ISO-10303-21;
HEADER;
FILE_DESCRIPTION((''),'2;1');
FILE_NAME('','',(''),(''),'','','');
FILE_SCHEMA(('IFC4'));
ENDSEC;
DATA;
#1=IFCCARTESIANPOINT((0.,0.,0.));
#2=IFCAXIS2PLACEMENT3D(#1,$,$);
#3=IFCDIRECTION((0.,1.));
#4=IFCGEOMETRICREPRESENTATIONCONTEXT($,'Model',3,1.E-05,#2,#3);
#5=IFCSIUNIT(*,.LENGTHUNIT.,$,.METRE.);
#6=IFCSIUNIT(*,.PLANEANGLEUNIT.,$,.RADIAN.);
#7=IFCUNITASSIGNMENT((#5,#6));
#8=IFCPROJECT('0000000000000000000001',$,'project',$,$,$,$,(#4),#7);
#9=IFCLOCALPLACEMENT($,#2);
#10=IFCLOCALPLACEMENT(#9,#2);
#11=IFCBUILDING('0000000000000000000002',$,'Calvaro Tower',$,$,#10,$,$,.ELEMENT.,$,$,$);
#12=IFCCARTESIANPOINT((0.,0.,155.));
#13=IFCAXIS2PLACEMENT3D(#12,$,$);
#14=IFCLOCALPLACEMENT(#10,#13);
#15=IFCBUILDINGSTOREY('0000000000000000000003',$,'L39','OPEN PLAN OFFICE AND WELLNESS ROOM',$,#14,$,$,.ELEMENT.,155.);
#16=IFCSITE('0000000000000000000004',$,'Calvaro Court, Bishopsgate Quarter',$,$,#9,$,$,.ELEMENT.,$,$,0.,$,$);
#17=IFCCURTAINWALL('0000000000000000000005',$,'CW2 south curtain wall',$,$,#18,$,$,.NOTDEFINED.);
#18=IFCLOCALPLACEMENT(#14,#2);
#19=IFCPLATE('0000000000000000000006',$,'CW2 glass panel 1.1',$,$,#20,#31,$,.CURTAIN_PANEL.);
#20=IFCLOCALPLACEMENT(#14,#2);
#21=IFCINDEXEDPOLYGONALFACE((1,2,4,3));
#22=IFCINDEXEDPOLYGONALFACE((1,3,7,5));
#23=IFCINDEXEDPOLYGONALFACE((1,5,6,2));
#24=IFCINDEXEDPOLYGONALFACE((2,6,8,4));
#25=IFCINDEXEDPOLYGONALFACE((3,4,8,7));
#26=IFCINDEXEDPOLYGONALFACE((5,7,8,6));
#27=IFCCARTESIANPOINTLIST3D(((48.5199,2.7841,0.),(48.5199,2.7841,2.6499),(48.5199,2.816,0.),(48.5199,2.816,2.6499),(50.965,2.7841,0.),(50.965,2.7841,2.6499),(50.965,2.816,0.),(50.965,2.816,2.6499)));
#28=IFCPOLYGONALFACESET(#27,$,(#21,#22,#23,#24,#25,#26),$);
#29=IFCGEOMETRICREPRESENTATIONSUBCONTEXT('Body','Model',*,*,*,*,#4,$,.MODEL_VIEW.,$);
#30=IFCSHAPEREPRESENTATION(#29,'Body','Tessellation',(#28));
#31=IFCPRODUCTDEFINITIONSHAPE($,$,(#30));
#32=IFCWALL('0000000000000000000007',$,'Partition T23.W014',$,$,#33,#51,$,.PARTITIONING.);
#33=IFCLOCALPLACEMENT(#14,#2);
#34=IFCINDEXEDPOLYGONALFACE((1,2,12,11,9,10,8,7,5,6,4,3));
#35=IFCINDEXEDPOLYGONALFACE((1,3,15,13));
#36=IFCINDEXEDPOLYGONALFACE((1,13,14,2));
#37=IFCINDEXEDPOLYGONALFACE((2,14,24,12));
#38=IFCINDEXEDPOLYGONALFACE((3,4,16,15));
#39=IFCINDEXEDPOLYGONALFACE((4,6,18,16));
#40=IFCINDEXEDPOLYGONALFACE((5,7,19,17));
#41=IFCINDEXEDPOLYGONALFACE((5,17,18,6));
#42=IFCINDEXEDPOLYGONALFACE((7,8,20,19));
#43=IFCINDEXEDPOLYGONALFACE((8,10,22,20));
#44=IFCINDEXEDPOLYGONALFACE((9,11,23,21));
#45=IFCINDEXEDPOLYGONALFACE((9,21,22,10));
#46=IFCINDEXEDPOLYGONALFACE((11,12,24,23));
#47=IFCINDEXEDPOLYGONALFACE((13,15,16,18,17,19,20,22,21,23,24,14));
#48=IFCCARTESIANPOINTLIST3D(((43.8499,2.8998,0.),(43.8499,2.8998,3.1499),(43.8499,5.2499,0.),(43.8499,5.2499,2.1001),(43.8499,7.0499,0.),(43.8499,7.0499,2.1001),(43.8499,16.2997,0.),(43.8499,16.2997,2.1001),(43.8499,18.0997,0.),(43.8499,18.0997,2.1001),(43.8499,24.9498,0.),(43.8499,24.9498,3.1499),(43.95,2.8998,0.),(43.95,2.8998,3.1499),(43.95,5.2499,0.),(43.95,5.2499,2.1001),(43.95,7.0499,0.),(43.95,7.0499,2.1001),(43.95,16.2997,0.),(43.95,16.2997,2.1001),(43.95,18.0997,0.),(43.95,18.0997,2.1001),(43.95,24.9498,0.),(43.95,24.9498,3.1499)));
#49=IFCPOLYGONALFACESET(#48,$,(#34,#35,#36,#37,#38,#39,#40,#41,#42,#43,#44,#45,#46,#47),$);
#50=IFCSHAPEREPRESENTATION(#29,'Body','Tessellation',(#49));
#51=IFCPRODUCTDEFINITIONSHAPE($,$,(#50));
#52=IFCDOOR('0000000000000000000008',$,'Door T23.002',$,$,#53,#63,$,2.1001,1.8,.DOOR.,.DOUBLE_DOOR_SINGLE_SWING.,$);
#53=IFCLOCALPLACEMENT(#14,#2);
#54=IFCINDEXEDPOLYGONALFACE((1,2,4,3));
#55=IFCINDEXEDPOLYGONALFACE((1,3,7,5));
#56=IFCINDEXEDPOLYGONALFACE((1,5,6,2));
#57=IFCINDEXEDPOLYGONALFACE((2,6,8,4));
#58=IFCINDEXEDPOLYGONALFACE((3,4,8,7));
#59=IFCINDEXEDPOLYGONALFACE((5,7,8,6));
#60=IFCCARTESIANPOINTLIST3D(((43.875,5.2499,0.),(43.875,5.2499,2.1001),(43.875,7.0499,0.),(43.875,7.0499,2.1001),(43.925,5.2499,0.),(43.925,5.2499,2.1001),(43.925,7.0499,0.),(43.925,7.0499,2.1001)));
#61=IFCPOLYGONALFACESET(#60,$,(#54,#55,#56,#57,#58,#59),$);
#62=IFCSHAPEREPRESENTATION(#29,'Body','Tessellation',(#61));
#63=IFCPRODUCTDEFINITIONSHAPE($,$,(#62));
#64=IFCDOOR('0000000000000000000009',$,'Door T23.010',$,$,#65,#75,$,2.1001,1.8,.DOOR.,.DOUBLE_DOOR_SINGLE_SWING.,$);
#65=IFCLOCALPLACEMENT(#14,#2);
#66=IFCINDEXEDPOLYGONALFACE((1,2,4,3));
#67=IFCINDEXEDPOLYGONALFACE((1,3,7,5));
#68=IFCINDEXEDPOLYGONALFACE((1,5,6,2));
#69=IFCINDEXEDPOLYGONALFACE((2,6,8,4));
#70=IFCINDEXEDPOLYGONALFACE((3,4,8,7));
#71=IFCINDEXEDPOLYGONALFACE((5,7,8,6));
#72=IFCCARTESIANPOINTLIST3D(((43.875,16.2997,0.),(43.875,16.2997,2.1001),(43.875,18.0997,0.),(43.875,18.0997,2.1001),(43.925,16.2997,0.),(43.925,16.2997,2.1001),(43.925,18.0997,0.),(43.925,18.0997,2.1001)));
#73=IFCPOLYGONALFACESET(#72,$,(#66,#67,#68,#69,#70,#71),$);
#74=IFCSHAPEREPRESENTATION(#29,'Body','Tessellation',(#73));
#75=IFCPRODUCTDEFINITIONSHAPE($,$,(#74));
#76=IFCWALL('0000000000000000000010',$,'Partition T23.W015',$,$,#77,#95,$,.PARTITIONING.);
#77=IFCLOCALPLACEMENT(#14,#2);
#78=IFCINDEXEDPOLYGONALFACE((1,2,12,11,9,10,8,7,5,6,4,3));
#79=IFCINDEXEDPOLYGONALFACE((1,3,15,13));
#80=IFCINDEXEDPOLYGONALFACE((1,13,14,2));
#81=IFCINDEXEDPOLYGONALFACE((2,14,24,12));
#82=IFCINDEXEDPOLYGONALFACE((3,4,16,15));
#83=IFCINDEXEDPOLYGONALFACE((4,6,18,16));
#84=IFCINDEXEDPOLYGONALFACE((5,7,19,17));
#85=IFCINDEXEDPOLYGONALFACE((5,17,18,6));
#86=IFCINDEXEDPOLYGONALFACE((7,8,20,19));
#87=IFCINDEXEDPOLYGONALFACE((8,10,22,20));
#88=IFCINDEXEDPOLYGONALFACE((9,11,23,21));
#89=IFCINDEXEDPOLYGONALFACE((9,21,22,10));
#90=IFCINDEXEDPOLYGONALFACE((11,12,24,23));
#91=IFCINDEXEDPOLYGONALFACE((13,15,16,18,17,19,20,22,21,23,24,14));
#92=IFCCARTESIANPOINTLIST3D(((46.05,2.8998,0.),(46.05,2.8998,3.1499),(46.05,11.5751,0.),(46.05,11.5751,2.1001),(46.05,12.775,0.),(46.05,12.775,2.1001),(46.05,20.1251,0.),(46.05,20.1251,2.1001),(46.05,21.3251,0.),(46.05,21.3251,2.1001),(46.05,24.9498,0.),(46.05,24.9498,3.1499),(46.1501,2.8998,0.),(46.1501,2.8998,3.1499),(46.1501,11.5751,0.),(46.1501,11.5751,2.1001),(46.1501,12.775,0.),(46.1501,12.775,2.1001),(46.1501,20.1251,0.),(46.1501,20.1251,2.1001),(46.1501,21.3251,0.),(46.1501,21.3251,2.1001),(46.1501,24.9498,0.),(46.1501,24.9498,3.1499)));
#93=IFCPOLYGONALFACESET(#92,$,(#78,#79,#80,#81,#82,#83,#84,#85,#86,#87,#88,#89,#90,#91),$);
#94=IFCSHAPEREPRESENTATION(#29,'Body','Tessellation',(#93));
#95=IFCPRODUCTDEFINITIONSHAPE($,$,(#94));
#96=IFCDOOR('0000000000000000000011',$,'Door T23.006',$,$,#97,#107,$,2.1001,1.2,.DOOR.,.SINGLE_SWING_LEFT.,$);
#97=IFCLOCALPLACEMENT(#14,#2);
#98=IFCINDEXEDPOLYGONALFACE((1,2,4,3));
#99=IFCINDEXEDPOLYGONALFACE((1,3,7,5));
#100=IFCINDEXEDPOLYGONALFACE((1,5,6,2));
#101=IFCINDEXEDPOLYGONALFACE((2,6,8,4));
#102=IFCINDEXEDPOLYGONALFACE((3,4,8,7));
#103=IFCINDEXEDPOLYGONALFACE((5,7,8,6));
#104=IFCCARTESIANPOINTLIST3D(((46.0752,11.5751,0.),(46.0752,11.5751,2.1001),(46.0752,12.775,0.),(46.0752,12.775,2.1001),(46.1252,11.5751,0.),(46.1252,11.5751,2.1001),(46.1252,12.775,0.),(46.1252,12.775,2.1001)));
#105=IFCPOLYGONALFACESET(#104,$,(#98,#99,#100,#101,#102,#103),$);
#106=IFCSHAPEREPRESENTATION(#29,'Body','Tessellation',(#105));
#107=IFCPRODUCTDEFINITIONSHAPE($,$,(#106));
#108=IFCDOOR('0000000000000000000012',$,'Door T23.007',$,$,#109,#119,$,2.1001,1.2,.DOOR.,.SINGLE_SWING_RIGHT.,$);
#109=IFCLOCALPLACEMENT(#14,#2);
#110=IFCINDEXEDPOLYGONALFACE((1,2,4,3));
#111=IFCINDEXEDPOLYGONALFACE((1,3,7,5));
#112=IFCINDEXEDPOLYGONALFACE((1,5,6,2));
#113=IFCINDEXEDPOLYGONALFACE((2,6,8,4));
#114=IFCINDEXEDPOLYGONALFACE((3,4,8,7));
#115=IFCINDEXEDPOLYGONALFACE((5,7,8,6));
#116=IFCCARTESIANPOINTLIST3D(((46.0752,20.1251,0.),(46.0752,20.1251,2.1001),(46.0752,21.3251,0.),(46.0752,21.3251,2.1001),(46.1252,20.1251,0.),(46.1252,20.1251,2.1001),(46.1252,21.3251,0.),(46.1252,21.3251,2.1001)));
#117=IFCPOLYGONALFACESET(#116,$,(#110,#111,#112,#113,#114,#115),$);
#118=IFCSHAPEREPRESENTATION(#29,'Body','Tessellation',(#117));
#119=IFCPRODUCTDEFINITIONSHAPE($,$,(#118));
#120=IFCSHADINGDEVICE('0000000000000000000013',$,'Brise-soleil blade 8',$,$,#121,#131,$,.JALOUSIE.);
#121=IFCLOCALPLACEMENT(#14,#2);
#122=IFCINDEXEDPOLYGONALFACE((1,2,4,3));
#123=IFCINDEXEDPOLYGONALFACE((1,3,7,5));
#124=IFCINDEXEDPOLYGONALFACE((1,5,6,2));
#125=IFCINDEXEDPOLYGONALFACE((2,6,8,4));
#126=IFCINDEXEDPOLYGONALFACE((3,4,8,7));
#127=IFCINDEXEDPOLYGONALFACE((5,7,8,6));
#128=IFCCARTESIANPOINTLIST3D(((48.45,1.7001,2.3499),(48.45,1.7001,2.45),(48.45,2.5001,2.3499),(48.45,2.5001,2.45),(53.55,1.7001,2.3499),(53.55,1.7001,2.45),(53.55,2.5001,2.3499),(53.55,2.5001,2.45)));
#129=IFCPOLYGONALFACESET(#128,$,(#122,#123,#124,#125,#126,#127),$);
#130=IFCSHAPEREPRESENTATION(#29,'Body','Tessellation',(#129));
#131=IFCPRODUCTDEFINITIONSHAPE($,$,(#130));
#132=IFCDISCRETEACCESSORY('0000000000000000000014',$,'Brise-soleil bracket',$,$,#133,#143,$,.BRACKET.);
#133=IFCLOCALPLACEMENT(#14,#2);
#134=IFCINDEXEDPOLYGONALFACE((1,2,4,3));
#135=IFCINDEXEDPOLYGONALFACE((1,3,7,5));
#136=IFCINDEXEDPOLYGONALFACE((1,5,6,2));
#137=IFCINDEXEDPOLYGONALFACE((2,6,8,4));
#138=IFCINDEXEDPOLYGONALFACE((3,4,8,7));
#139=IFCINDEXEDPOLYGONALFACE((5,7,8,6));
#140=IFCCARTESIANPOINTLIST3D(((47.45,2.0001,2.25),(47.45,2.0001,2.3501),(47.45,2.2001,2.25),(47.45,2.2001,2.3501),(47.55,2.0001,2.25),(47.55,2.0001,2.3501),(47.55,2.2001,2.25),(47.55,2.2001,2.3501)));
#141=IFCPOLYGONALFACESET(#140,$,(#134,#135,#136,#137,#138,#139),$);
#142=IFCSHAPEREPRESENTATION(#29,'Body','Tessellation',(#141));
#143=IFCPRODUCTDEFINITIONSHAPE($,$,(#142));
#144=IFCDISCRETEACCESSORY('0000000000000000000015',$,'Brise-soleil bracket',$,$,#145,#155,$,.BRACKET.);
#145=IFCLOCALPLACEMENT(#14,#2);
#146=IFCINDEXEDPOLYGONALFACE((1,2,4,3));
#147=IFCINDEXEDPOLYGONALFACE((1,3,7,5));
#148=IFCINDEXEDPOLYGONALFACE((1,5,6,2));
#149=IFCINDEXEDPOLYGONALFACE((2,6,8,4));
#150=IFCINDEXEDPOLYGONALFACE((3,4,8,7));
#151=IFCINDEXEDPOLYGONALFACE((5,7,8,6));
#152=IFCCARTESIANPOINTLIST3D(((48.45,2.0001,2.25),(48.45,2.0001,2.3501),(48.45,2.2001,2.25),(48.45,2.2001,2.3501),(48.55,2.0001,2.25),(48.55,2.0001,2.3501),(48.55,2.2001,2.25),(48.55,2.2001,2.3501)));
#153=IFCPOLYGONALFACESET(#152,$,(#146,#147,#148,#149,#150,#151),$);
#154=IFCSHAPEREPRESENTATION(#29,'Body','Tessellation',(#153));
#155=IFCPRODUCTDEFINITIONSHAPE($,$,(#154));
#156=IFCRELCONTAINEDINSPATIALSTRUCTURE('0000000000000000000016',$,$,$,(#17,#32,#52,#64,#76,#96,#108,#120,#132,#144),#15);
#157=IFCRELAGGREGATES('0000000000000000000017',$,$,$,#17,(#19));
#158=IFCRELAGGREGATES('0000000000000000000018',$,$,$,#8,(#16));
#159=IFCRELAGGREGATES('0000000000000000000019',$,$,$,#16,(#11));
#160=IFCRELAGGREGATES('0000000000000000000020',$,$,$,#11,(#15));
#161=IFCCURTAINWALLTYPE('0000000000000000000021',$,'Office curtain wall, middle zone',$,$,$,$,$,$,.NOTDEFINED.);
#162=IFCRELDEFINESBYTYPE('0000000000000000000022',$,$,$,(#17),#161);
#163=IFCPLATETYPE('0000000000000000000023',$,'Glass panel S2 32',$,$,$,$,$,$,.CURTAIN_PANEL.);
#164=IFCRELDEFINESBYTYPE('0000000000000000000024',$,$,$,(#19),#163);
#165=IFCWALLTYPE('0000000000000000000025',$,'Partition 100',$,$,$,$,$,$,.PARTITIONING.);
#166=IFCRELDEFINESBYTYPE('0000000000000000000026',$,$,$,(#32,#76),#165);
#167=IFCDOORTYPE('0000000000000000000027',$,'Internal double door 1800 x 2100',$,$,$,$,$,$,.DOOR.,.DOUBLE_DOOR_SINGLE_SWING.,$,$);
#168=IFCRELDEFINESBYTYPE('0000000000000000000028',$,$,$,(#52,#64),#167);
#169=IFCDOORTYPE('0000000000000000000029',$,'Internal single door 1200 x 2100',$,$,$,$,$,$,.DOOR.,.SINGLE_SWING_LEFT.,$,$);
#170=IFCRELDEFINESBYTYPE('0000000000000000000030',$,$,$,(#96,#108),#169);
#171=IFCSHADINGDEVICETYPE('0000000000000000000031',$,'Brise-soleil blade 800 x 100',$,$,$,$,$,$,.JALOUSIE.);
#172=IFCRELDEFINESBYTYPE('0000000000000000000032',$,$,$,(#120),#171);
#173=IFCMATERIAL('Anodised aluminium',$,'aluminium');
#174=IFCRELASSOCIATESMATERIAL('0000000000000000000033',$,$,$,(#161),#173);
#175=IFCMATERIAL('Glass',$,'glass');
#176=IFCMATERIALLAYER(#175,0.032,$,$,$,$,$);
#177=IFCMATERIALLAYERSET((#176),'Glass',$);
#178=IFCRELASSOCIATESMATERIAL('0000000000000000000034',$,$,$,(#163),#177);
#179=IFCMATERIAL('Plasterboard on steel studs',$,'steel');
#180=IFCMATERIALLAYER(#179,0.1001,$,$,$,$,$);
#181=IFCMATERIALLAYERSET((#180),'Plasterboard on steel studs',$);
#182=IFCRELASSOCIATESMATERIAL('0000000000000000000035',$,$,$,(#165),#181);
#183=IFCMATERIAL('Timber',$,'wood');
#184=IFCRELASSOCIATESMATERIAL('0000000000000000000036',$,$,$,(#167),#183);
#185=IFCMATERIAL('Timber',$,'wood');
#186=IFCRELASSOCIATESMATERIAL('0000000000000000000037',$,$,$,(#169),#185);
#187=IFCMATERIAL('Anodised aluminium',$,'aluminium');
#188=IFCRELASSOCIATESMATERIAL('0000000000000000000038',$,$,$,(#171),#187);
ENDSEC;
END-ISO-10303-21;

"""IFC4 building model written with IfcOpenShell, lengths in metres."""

from ifc_helpers import new_model, si_unit, direction, frame, frame_2d, origin, origin_2d, place, context, subcontext, project, spatial, rectangle, extrude, material, layer, layer_set, material_profile, profile_set, type_object, element, fill, aggregate, save


model = new_model("IFC4")

# Units and contexts
model_context = context("Model", 3, precision=1e-05, world=origin(), true_north=direction((0.0, 1.0)))
body_context = subcontext(model_context, "Body", "Model", "MODEL_VIEW")
ifc_project = project(units=[si_unit("LENGTHUNIT", "METRE"), si_unit("PLANEANGLEUNIT", "RADIAN")], contexts=[model_context])

# Site, building, storey
site_placement = place(None, origin())
site = spatial("IfcSite", under=ifc_project, at=site_placement, Name="Calvaro Court, Bishopsgate Quarter", CompositionType="ELEMENT", RefElevation=0.0)
building_placement = place(site_placement, origin())
building = spatial("IfcBuilding", under=site, at=building_placement, Name="Calvaro Tower", CompositionType="ELEMENT")
storey_placement = place(building_placement, frame((0.0, 0.0, 155.0)))
storey = spatial("IfcBuildingStorey", under=building, at=storey_placement, Name="L39", Description="OPEN PLAN OFFICE AND WELLNESS ROOM", CompositionType="ELEMENT", Elevation=155.0)

# Curtain wall
ifc_material_1 = material(Name="Anodised aluminium", Category="aluminium")
curtain_wall_type = type_object("IfcCurtainWallType", Name="Office curtain wall, middle zone", PredefinedType="NOTDEFINED", material=ifc_material_1)
curtain_wall_1_placement = place(storey_placement, origin())
curtain_wall_1 = element("IfcCurtainWall", 1, at=curtain_wall_1_placement, inside=storey, type_object=curtain_wall_type, Name="CW2 south curtain wall", PredefinedType="NOTDEFINED")

# Plate
ifc_material_2 = material(Name="Glass", Category="glass")
ifc_layer_1 = layer(ifc_material_2, 0.032)
ifc_layer_set_1 = layer_set([ifc_layer_1], Name="Glass")
plate_type = type_object("IfcPlateType", Name="Glass panel S2 32", PredefinedType="CURTAIN_PANEL", material=ifc_layer_set_1)
plate_1_placement = place(storey_placement, frame((49.7424, 2.8, 0.0), z_axis=(0.0, 0.0, 1.0), x_axis=(1.0, 0.0, 0.0)))
plate_1 = element("IfcPlate", 2, at=plate_1_placement, type_object=plate_type, Name="CW2 glass panel 1.1", PredefinedType="CURTAIN_PANEL", context=body_context, shape_type="SweptSolid", body=[
    extrude(rectangle(XDim=2.4451, YDim=0.032, at=origin_2d()), origin(), (0.0, 0.0, 1.0), 2.6499),
])
aggregate(curtain_wall_1, [plate_1])

# Walls, openings, doors
ifc_material_3 = material(Name="Plasterboard on steel studs", Category="steel")
ifc_layer_2 = layer(ifc_material_3, 0.1001)
ifc_layer_set_2 = layer_set([ifc_layer_2], Name="Plasterboard on steel studs")
wall_type = type_object("IfcWallType", Name="Partition 100", PredefinedType="PARTITIONING", material=ifc_layer_set_2)
wall_1_placement = place(storey_placement, frame((43.8999, 2.8999, 0.0), z_axis=(0.0, 0.0, 1.0), x_axis=(0.0, 1.0, 0.0)))
wall_1 = element("IfcWall", 3, at=wall_1_placement, inside=storey, type_object=wall_type, Name="Partition T23.W014", PredefinedType="PARTITIONING", context=body_context, shape_type="SweptSolid", body=[
    extrude(rectangle(XDim=22.05, YDim=0.1001, at=frame_2d((11.0249, 0.0))), origin(), (0.0, 0.0, 1.0), 3.1499),
])
opening_1_placement = place(wall_1_placement, frame((2.3501, 0.0, 0.0)))
opening_1 = element("IfcOpeningElement", 4, at=opening_1_placement, cuts=wall_1, PredefinedType="OPENING", context=body_context, shape_type="SweptSolid", body=[
    extrude(rectangle(XDim=1.8, YDim=2.1001, at=frame_2d((0.8999, 1.05))), frame((0.0, 0.0601, 0.0), z_axis=(0.0, -1.0, 0.0), x_axis=(1.0, 0.0, 0.0)), (0.0, 0.0, 1.0), 0.1201),
])
opening_2_placement = place(wall_1_placement, frame((13.3999, 0.0, 0.0)))
opening_2 = element("IfcOpeningElement", 5, at=opening_2_placement, cuts=wall_1, PredefinedType="OPENING", context=body_context, shape_type="SweptSolid", body=[
    extrude(rectangle(XDim=1.8, YDim=2.1001, at=frame_2d((0.8999, 1.05))), frame((0.0, 0.0601, 0.0), z_axis=(0.0, -1.0, 0.0), x_axis=(1.0, 0.0, 0.0)), (0.0, 0.0, 1.0), 0.1201),
])
ifc_material_4 = material(Name="Timber", Category="wood")
door_type_1 = type_object("IfcDoorType", Name="Internal double door 1800 x 2100", OperationType="DOUBLE_DOOR_SINGLE_SWING", PredefinedType="DOOR", material=ifc_material_4)
door_1_placement = place(opening_1_placement, origin())
door_1 = element("IfcDoor", 6, at=door_1_placement, inside=storey, type_object=door_type_1, Name="Door T23.002", OperationType="DOUBLE_DOOR_SINGLE_SWING", OverallHeight=2.1001, OverallWidth=1.8, PredefinedType="DOOR", context=body_context, shape_type="SweptSolid", body=[
    extrude(rectangle(XDim=1.8, YDim=2.1001, at=frame_2d((0.8999, 1.05))), frame((0.0, 0.0249, 0.0), z_axis=(0.0, -1.0, 0.0), x_axis=(1.0, 0.0, 0.0)), (0.0, 0.0, 1.0), 0.05),
])
fill(opening_1, door_1)
door_2_placement = place(opening_2_placement, origin())
door_2 = element("IfcDoor", 7, at=door_2_placement, inside=storey, type_object=door_type_1, Name="Door T23.010", OperationType="DOUBLE_DOOR_SINGLE_SWING", OverallHeight=2.1001, OverallWidth=1.8, PredefinedType="DOOR", context=body_context, shape_type="SweptSolid", body=[
    extrude(rectangle(XDim=1.8, YDim=2.1001, at=frame_2d((0.8999, 1.05))), frame((0.0, 0.0249, 0.0), z_axis=(0.0, -1.0, 0.0), x_axis=(1.0, 0.0, 0.0)), (0.0, 0.0, 1.0), 0.05),
])
fill(opening_2, door_2)
wall_2_placement = place(storey_placement, frame((46.1001, 2.8999, 0.0), z_axis=(0.0, 0.0, 1.0), x_axis=(0.0, 1.0, 0.0)))
wall_2 = element("IfcWall", 8, at=wall_2_placement, inside=storey, type_object=wall_type, Name="Partition T23.W015", PredefinedType="PARTITIONING", context=body_context, shape_type="SweptSolid", body=[
    extrude(rectangle(XDim=22.05, YDim=0.1001, at=frame_2d((11.0249, 0.0))), origin(), (0.0, 0.0, 1.0), 3.1499),
])
opening_3_placement = place(wall_2_placement, frame((8.675, 0.0, 0.0)))
opening_3 = element("IfcOpeningElement", 9, at=opening_3_placement, cuts=wall_2, PredefinedType="OPENING", context=body_context, shape_type="SweptSolid", body=[
    extrude(rectangle(XDim=1.2, YDim=2.1001, at=frame_2d((0.6001, 1.05))), frame((0.0, 0.0601, 0.0), z_axis=(0.0, -1.0, 0.0), x_axis=(1.0, 0.0, 0.0)), (0.0, 0.0, 1.0), 0.1201),
])
opening_4_placement = place(wall_2_placement, frame((17.2251, 0.0, 0.0)))
opening_4 = element("IfcOpeningElement", 10, at=opening_4_placement, cuts=wall_2, PredefinedType="OPENING", context=body_context, shape_type="SweptSolid", body=[
    extrude(rectangle(XDim=1.2, YDim=2.1001, at=frame_2d((0.6001, 1.05))), frame((0.0, 0.0601, 0.0), z_axis=(0.0, -1.0, 0.0), x_axis=(1.0, 0.0, 0.0)), (0.0, 0.0, 1.0), 0.1201),
])
ifc_material_5 = material(Name="Timber", Category="wood")
door_type_2 = type_object("IfcDoorType", Name="Internal single door 1200 x 2100", OperationType="SINGLE_SWING_LEFT", PredefinedType="DOOR", material=ifc_material_5)
door_3_placement = place(opening_3_placement, origin())
door_3 = element("IfcDoor", 11, at=door_3_placement, inside=storey, type_object=door_type_2, Name="Door T23.006", OperationType="SINGLE_SWING_LEFT", OverallHeight=2.1001, OverallWidth=1.2, PredefinedType="DOOR", context=body_context, shape_type="SweptSolid", body=[
    extrude(rectangle(XDim=1.2, YDim=2.1001, at=frame_2d((0.6001, 1.05))), frame((0.0, 0.0249, 0.0), z_axis=(0.0, -1.0, 0.0), x_axis=(1.0, 0.0, 0.0)), (0.0, 0.0, 1.0), 0.05),
])
fill(opening_3, door_3)
door_4_placement = place(opening_4_placement, origin())
door_4 = element("IfcDoor", 12, at=door_4_placement, inside=storey, type_object=door_type_2, Name="Door T23.007", OperationType="SINGLE_SWING_RIGHT", OverallHeight=2.1001, OverallWidth=1.2, PredefinedType="DOOR", context=body_context, shape_type="SweptSolid", body=[
    extrude(rectangle(XDim=1.2, YDim=2.1001, at=frame_2d((0.6001, 1.05))), frame((0.0, 0.0249, 0.0), z_axis=(0.0, -1.0, 0.0), x_axis=(1.0, 0.0, 0.0)), (0.0, 0.0, 1.0), 0.05),
])
fill(opening_4, door_4)

# Shading device
ifc_material_6 = material(Name="Anodised aluminium", Category="aluminium")
ifc_material_profile_1 = material_profile(ifc_material_6, rectangle(XDim=0.8, YDim=0.1001, at=origin_2d()), Name="Brise-soleil blade 800 x 100")
ifc_profile_set_1 = profile_set([ifc_material_profile_1], Name="Anodised aluminium")
shading_device_type = type_object("IfcShadingDeviceType", Name="Brise-soleil blade 800 x 100", PredefinedType="JALOUSIE", material=ifc_profile_set_1)
shading_device_placement = place(storey_placement, frame((48.45, 2.1001, 2.3999), z_axis=(1.0, 0.0, 0.0), x_axis=(0.0, 1.0, 0.0)))
element("IfcShadingDevice", 13, at=shading_device_placement, inside=storey, type_object=shading_device_type, Name="Brise-soleil blade 8", PredefinedType="JALOUSIE", context=body_context, shape_type="SweptSolid", body=[
    extrude(rectangle(XDim=0.8, YDim=0.1001, at=origin_2d()), origin(), (0.0, 0.0, 1.0), 5.1001),
])

# Discrete accessories
for number, where, z_axis, x_axis, name in (
    (14, (47.5, 2.1001, 2.25), (0.0, 0.0, 1.0), (1.0, 0.0, 0.0), "Brise-soleil bracket"),
    (15, (48.5, 2.1001, 2.25), (0.0, 0.0, 1.0), (1.0, 0.0, 0.0), "Brise-soleil bracket"),
):
    element("IfcDiscreteAccessory", number, at=place(storey_placement, frame(where, z_axis=z_axis, x_axis=x_axis)), inside=storey, Name=name, PredefinedType="BRACKET", context=body_context, shape_type="SweptSolid", body=[
        extrude(rectangle(XDim=0.1001, YDim=0.2, at=origin_2d()), origin(), (0.0, 0.0, 1.0), 0.1001),
    ])

save(model, "model.ifc")
